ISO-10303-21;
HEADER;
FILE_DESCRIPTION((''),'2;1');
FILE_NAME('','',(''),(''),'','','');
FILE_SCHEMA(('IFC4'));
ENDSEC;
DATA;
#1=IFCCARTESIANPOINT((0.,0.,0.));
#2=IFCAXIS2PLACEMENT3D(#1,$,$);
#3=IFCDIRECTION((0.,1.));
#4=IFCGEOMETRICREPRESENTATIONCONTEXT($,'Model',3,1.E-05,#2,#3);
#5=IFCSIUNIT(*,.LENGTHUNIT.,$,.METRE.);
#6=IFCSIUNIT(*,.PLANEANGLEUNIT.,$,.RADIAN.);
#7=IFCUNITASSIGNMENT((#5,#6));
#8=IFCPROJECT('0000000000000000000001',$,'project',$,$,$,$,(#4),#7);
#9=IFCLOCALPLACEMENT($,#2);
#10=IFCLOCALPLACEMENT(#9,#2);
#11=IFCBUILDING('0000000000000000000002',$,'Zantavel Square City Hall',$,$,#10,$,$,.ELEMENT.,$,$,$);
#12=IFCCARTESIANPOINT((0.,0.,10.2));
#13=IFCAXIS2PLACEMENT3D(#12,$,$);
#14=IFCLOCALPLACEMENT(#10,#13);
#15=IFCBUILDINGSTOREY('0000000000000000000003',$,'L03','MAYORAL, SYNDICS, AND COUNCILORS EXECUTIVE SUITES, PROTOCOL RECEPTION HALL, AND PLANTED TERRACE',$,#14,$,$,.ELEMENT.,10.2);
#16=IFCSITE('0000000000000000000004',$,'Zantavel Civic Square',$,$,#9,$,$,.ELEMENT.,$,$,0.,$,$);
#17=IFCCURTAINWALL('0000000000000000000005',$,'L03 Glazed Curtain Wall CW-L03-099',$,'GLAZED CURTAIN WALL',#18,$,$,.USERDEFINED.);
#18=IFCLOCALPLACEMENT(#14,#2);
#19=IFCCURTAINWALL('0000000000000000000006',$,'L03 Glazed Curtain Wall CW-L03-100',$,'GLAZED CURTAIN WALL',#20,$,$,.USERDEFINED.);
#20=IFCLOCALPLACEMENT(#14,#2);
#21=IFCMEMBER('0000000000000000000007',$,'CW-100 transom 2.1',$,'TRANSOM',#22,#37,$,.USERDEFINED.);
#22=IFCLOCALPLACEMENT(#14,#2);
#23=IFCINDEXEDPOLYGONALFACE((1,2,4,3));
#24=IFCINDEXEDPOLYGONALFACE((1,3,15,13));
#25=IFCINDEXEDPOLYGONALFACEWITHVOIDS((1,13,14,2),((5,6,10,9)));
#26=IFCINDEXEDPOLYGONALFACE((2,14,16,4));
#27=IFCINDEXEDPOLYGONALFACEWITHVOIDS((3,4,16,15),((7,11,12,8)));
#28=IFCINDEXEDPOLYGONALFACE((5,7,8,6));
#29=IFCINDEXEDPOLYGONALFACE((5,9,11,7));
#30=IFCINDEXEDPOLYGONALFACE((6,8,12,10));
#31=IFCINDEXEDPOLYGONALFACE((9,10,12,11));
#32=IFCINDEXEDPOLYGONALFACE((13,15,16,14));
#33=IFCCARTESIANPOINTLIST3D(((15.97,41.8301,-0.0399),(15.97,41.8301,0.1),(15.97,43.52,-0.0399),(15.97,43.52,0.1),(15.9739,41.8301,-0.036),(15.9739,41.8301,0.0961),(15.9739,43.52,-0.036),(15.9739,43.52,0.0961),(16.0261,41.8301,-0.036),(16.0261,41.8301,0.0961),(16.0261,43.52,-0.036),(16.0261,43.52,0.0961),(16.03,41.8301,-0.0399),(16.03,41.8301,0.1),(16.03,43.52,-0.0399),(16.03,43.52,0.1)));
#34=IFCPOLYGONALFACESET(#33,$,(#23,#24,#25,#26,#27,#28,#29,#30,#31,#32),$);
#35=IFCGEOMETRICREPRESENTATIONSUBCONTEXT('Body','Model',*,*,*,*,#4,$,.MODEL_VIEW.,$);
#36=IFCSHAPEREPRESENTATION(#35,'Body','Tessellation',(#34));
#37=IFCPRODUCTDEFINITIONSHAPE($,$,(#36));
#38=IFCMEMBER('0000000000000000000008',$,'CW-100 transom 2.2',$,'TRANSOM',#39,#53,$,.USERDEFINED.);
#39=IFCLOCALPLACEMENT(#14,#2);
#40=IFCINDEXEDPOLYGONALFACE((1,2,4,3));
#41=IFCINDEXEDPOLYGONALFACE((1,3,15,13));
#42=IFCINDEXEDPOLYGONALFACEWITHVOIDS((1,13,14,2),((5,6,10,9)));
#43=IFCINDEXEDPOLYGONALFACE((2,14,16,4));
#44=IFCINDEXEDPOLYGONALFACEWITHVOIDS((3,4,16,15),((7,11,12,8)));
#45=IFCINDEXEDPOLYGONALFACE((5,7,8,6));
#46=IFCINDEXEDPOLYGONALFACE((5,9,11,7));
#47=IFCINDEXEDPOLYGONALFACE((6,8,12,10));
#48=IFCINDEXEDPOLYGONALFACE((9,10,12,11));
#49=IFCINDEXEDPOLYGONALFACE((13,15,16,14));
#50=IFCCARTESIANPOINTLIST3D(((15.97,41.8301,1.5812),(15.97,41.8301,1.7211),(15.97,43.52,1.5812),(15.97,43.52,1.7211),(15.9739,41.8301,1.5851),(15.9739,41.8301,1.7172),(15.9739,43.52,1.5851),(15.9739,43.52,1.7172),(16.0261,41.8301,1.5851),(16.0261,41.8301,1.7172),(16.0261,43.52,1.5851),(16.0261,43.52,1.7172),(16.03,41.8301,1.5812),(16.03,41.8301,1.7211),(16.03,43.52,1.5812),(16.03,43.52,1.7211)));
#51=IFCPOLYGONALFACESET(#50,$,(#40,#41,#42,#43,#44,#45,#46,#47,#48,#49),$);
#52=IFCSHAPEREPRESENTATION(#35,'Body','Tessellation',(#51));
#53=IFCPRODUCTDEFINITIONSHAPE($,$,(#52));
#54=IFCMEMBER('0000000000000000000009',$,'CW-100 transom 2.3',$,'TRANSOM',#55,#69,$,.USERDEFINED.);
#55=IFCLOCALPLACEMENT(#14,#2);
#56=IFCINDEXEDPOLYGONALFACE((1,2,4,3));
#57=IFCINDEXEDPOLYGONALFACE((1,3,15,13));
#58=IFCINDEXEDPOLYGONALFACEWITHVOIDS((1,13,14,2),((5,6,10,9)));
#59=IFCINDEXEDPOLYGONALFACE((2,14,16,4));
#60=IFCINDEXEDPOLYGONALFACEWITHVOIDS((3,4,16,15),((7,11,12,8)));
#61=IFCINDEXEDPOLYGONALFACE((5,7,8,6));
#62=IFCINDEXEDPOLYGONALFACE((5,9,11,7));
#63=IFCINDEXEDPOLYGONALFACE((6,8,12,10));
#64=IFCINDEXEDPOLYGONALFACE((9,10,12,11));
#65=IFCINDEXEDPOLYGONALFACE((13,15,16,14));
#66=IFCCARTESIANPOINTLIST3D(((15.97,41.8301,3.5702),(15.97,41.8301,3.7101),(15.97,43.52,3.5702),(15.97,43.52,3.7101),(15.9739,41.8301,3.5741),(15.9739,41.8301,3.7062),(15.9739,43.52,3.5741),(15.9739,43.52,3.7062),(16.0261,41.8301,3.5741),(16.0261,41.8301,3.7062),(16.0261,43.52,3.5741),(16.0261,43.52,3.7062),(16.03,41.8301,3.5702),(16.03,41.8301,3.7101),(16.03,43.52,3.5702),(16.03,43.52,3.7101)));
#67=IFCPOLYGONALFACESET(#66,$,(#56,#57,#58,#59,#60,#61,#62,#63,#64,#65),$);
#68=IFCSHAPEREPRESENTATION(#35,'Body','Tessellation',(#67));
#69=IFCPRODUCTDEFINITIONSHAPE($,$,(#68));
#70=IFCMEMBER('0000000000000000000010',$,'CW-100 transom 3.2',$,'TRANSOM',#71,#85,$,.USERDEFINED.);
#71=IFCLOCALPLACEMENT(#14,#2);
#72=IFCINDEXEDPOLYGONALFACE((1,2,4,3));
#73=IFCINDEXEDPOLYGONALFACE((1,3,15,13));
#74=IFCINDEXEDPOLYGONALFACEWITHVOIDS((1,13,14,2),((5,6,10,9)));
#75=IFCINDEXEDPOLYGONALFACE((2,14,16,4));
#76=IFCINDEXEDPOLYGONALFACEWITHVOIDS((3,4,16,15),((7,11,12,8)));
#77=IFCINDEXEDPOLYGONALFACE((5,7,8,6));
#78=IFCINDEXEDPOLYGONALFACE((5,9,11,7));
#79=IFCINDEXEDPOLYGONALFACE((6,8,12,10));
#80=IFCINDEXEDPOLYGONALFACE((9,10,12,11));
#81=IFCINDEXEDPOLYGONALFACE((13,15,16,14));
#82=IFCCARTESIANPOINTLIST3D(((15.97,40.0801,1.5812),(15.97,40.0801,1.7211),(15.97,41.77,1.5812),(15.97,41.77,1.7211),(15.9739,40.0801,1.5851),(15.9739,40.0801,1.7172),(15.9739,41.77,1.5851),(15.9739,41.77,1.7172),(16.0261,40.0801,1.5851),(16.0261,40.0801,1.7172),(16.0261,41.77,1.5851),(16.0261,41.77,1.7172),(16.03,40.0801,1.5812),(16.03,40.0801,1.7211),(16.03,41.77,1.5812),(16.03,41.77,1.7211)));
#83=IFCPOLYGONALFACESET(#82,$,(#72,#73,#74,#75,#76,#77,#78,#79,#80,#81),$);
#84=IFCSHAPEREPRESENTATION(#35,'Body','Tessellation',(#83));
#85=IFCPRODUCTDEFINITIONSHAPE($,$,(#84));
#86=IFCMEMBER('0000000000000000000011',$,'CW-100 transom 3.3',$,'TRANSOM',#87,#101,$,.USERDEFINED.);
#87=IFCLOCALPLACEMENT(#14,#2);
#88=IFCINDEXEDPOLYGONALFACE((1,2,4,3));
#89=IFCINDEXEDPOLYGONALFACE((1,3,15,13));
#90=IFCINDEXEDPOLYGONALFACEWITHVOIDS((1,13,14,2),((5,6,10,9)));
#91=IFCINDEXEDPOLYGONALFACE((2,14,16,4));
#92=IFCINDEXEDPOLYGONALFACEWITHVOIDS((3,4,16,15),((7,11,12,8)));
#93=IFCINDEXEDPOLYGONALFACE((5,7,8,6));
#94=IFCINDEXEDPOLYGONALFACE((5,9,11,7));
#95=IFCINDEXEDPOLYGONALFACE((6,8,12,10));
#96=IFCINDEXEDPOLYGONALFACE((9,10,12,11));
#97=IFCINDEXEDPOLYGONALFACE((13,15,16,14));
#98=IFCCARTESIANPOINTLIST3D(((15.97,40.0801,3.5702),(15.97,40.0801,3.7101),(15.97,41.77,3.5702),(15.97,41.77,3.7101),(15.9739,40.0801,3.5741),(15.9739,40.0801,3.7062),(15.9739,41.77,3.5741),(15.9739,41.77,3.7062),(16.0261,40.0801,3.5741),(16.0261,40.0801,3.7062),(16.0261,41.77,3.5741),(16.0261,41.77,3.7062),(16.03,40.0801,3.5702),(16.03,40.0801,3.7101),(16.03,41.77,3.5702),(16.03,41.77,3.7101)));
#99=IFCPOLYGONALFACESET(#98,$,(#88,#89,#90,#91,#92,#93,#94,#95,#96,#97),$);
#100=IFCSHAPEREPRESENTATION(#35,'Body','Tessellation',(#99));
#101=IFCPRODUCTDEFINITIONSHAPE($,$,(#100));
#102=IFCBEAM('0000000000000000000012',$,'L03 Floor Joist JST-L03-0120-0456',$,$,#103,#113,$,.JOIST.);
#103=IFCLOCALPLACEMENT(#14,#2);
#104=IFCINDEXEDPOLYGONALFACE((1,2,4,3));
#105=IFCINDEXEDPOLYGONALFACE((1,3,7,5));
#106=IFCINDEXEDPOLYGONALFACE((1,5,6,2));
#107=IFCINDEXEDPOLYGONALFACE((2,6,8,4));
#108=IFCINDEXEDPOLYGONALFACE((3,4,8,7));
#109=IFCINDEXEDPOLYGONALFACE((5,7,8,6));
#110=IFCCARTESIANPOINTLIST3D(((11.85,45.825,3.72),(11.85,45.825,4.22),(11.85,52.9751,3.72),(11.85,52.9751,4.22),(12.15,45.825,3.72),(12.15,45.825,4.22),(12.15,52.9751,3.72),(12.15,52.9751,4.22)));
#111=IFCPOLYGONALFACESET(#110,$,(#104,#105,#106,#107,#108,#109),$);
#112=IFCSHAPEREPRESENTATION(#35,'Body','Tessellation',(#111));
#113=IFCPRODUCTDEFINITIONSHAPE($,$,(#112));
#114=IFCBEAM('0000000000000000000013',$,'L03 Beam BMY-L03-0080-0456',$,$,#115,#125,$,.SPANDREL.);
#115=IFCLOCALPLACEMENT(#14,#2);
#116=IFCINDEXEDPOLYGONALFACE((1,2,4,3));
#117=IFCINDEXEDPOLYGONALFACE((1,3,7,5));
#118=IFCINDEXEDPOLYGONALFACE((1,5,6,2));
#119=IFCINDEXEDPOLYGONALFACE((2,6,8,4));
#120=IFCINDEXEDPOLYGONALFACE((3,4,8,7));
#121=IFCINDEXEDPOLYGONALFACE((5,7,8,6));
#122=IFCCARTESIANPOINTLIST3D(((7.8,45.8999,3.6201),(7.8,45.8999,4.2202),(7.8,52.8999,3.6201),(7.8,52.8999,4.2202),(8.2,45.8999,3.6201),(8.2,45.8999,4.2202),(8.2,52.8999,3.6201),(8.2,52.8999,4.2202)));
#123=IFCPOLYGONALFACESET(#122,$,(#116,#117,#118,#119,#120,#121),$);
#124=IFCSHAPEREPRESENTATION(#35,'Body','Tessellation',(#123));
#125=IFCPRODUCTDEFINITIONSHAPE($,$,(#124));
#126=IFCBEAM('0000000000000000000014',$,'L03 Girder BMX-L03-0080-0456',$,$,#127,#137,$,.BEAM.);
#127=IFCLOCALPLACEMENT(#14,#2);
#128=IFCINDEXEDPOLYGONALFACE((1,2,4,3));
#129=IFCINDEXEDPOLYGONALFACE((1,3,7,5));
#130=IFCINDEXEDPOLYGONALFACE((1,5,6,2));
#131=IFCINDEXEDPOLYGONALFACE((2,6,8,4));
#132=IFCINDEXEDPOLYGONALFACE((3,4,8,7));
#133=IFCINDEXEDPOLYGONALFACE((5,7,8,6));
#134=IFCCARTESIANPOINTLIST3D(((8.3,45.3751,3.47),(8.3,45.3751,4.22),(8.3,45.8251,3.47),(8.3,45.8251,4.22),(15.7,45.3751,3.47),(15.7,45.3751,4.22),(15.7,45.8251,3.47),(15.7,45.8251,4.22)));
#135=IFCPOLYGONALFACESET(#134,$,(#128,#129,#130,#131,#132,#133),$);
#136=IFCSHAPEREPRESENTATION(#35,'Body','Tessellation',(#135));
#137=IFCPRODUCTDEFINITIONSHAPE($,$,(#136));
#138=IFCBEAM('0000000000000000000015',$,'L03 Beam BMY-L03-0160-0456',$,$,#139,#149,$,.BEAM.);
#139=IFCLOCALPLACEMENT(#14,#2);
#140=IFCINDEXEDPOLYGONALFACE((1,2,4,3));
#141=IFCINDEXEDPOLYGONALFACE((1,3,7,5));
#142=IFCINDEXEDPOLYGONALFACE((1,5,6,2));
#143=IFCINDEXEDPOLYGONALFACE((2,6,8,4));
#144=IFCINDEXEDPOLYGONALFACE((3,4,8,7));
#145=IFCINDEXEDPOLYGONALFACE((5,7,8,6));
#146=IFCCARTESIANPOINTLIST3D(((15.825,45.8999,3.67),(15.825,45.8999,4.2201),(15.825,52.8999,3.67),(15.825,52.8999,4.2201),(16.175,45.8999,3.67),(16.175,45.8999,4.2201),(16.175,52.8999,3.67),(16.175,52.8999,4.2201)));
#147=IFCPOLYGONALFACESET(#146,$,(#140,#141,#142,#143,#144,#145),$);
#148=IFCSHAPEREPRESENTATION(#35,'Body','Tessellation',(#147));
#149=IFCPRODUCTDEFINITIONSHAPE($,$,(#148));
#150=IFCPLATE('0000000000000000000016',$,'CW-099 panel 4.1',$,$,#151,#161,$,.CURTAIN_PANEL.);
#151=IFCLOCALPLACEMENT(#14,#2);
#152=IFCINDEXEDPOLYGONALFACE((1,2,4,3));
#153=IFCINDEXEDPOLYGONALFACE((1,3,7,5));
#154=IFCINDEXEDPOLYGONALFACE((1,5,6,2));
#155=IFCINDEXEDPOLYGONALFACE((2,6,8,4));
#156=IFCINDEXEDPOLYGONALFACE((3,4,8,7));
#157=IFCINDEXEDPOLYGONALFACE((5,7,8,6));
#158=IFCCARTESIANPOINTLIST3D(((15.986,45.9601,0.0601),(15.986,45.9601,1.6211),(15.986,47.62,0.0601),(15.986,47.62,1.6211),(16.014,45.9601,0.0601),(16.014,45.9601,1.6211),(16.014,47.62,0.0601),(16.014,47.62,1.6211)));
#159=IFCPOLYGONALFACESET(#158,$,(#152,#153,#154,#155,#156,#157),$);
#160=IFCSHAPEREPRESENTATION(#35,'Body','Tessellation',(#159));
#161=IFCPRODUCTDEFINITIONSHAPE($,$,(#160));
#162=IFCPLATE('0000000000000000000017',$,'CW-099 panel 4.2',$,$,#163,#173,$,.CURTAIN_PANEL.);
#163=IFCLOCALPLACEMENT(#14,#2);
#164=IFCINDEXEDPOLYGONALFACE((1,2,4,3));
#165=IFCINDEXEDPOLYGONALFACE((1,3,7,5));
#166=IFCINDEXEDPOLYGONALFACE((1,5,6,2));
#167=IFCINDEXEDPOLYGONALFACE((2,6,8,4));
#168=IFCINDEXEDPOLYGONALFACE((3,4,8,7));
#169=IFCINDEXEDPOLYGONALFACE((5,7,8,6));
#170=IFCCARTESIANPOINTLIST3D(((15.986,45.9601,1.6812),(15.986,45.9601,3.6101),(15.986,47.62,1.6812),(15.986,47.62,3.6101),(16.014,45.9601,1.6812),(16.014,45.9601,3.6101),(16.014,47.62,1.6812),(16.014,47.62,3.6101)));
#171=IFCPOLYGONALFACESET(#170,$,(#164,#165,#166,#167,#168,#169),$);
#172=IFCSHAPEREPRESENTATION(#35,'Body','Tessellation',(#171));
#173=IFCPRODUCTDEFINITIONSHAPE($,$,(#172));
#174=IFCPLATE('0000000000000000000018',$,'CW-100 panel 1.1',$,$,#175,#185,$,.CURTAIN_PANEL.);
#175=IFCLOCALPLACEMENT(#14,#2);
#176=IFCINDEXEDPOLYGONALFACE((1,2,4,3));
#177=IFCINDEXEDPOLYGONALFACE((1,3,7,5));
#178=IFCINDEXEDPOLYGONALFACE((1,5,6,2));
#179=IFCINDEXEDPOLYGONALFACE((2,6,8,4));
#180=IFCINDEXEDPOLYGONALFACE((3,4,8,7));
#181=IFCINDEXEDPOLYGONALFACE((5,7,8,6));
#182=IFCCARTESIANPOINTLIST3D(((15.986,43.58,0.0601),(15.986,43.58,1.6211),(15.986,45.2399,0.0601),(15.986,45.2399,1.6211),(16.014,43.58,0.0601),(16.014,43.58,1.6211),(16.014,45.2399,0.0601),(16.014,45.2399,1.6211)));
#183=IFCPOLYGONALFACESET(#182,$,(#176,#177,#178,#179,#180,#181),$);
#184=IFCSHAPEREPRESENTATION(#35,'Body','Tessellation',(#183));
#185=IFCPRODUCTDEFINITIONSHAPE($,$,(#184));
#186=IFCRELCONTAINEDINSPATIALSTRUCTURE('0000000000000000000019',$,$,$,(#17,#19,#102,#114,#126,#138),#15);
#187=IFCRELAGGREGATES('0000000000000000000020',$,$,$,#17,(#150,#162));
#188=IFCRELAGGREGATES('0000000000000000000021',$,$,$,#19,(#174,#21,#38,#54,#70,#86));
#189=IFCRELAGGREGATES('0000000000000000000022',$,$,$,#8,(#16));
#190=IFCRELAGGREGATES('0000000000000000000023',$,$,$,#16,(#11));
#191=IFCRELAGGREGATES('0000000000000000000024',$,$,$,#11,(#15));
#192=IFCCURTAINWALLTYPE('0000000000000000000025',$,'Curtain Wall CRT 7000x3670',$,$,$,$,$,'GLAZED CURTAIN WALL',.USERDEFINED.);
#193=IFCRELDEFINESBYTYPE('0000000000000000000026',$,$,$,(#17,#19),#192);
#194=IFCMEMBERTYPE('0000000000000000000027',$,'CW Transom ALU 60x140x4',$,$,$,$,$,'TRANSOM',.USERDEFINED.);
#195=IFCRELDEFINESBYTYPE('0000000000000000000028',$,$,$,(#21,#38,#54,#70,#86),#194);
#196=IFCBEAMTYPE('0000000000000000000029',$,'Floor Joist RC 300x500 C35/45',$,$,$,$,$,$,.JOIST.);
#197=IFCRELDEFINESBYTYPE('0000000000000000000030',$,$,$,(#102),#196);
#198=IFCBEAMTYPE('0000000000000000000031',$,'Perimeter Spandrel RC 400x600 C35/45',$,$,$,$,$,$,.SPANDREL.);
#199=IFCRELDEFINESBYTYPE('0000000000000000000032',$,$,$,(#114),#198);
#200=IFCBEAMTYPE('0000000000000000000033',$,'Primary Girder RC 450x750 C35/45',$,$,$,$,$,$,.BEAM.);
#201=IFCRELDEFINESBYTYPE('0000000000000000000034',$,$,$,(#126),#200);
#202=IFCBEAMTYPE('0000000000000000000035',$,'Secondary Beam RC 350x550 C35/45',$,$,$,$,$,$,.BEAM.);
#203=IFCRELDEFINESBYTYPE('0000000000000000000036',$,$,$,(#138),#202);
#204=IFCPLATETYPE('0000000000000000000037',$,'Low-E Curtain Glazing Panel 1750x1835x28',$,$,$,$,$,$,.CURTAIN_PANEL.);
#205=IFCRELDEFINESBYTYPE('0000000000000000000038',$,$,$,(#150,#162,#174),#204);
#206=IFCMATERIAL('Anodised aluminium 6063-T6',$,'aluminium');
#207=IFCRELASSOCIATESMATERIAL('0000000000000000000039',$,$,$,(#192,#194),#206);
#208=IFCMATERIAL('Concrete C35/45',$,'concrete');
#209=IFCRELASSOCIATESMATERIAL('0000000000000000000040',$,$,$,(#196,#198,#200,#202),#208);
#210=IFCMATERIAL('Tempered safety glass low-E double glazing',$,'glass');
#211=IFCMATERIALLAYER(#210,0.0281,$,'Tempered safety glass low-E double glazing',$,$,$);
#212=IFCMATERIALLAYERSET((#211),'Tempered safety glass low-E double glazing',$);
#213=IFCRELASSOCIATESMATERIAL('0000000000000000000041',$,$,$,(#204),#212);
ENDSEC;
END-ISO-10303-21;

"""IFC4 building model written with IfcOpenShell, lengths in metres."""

from ifc_helpers import new_model, si_unit, direction, frame, origin, origin_2d, place, context, subcontext, project, spatial, rectangle, hollow_rectangle, extrude, material, layer, layer_set, material_profile, profile_set, type_object, element, aggregate, save


model = new_model("IFC4")

# Units and contexts
model_context = context("Model", 3, precision=1e-05, world=origin(), true_north=direction((0.0, 1.0)))
body_context = subcontext(model_context, "Body", "Model", "MODEL_VIEW")
ifc_project = project(units=[si_unit("LENGTHUNIT", "METRE"), si_unit("PLANEANGLEUNIT", "RADIAN")], contexts=[model_context])

# Site, building, storey
site_placement = place(None, origin())
site = spatial("IfcSite", under=ifc_project, at=site_placement, Name="Zantavel Civic Square", CompositionType="ELEMENT", RefElevation=0.0)
building_placement = place(site_placement, origin())
building = spatial("IfcBuilding", under=site, at=building_placement, Name="Zantavel Square City Hall", CompositionType="ELEMENT")
storey_placement = place(building_placement, frame((0.0, 0.0, 10.2)))
storey = spatial("IfcBuildingStorey", under=building, at=storey_placement, Name="L03", Description="MAYORAL, SYNDICS, AND COUNCILORS EXECUTIVE SUITES, PROTOCOL RECEPTION HALL, AND PLANTED TERRACE", CompositionType="ELEMENT", Elevation=10.2)

# Curtain wall
ifc_material_1 = material(Name="Anodised aluminium 6063-T6", Category="aluminium")
curtain_wall_type = type_object("IfcCurtainWallType", Name="Curtain Wall CRT 7000x3670", ElementType="GLAZED CURTAIN WALL", PredefinedType="USERDEFINED", material=ifc_material_1)
curtain_wall_1_placement = place(storey_placement, origin())
curtain_wall_1 = element("IfcCurtainWall", 1, at=curtain_wall_1_placement, inside=storey, type_object=curtain_wall_type, Name="L03 Glazed Curtain Wall CW-L03-099", ObjectType="GLAZED CURTAIN WALL", PredefinedType="USERDEFINED")

# Curtain wall
curtain_wall_2_placement = place(storey_placement, origin())
curtain_wall_2 = element("IfcCurtainWall", 2, at=curtain_wall_2_placement, inside=storey, type_object=curtain_wall_type, Name="L03 Glazed Curtain Wall CW-L03-100", ObjectType="GLAZED CURTAIN WALL", PredefinedType="USERDEFINED")

# Members
ifc_material_profile_1 = material_profile(ifc_material_1, hollow_rectangle(XDim=0.0601, YDim=0.1399, WallThickness=0.0039, at=origin_2d()), Name="ALU 60x140x4")
ifc_profile_set_1 = profile_set([ifc_material_profile_1], Name="Anodised aluminium 6063-T6")
member_type_1 = type_object("IfcMemberType", Name="CW Transom ALU 60x140x4", ElementType="TRANSOM", PredefinedType="USERDEFINED", material=ifc_profile_set_1)
member_1_placement = place(storey_placement, frame((16.0, 43.52, 0.03), z_axis=(0.0, -1.0, 0.0), x_axis=(1.0, 0.0, 0.0)))
member_1 = element("IfcMember", 3, at=member_1_placement, type_object=member_type_1, Name="CW-100 transom 2.1", ObjectType="TRANSOM", PredefinedType="USERDEFINED", context=body_context, shape_type="SweptSolid", body=[
    extrude(hollow_rectangle(XDim=0.0601, YDim=0.1399, WallThickness=0.0039, at=origin_2d()), origin(), (0.0, 0.0, 1.0), 1.6899),
])
member_2_placement = place(storey_placement, frame((16.0, 43.52, 1.6511), z_axis=(0.0, -1.0, 0.0), x_axis=(1.0, 0.0, 0.0)))
member_2 = element("IfcMember", 4, at=member_2_placement, type_object=member_type_1, Name="CW-100 transom 2.2", ObjectType="TRANSOM", PredefinedType="USERDEFINED", context=body_context, shape_type="SweptSolid", body=[
    extrude(hollow_rectangle(XDim=0.0601, YDim=0.1399, WallThickness=0.0039, at=origin_2d()), origin(), (0.0, 0.0, 1.0), 1.6899),
])
member_3_placement = place(storey_placement, frame((16.0, 43.52, 3.6401), z_axis=(0.0, -1.0, 0.0), x_axis=(1.0, 0.0, 0.0)))
member_3 = element("IfcMember", 5, at=member_3_placement, type_object=member_type_1, Name="CW-100 transom 2.3", ObjectType="TRANSOM", PredefinedType="USERDEFINED", context=body_context, shape_type="SweptSolid", body=[
    extrude(hollow_rectangle(XDim=0.0601, YDim=0.1399, WallThickness=0.0039, at=origin_2d()), origin(), (0.0, 0.0, 1.0), 1.6899),
])
member_4_placement = place(storey_placement, frame((16.0, 41.77, 1.6511), z_axis=(0.0, -1.0, 0.0), x_axis=(1.0, 0.0, 0.0)))
member_4 = element("IfcMember", 6, at=member_4_placement, type_object=member_type_1, Name="CW-100 transom 3.2", ObjectType="TRANSOM", PredefinedType="USERDEFINED", context=body_context, shape_type="SweptSolid", body=[
    extrude(hollow_rectangle(XDim=0.0601, YDim=0.1399, WallThickness=0.0039, at=origin_2d()), origin(), (0.0, 0.0, 1.0), 1.6899),
])
member_5_placement = place(storey_placement, frame((16.0, 41.77, 3.6401), z_axis=(0.0, -1.0, 0.0), x_axis=(1.0, 0.0, 0.0)))
member_5 = element("IfcMember", 7, at=member_5_placement, type_object=member_type_1, Name="CW-100 transom 3.3", ObjectType="TRANSOM", PredefinedType="USERDEFINED", context=body_context, shape_type="SweptSolid", body=[
    extrude(hollow_rectangle(XDim=0.0601, YDim=0.1399, WallThickness=0.0039, at=origin_2d()), origin(), (0.0, 0.0, 1.0), 1.6899),
])

# Beams
ifc_material_2 = material(Name="Concrete C35/45", Category="concrete")
ifc_material_profile_2 = material_profile(ifc_material_2, rectangle(XDim=0.3, YDim=0.5, at=origin_2d()), Name="RC 300x500")
ifc_profile_set_2 = profile_set([ifc_material_profile_2], Name="Concrete C35/45")
beam_type_1 = type_object("IfcBeamType", Name="Floor Joist RC 300x500 C35/45", PredefinedType="JOIST", material=ifc_profile_set_2)
beam_1_placement = place(storey_placement, frame((12.0, 45.825, 3.97), z_axis=(0.0, 1.0, 0.0), x_axis=(-1.0, 0.0, 0.0)))
element("IfcBeam", 8, at=beam_1_placement, inside=storey, type_object=beam_type_1, Name="L03 Floor Joist JST-L03-0120-0456", PredefinedType="JOIST", context=body_context, shape_type="SweptSolid", body=[
    extrude(rectangle(XDim=0.3, YDim=0.5, at=origin_2d()), origin(), (0.0, 0.0, 1.0), 7.1501),
])
ifc_material_profile_3 = material_profile(ifc_material_2, rectangle(XDim=0.3999, YDim=0.6001, at=origin_2d()), Name="RC 400x600")
ifc_profile_set_3 = profile_set([ifc_material_profile_3], Name="Concrete C35/45")
beam_type_2 = type_object("IfcBeamType", Name="Perimeter Spandrel RC 400x600 C35/45", PredefinedType="SPANDREL", material=ifc_profile_set_3)
beam_2_placement = place(storey_placement, frame((8.0, 45.8999, 3.9202), z_axis=(0.0, 1.0, 0.0), x_axis=(-1.0, 0.0, 0.0)))
element("IfcBeam", 9, at=beam_2_placement, inside=storey, type_object=beam_type_2, Name="L03 Beam BMY-L03-0080-0456", PredefinedType="SPANDREL", context=body_context, shape_type="SweptSolid", body=[
    extrude(rectangle(XDim=0.3999, YDim=0.6001, at=origin_2d()), origin(), (0.0, 0.0, 1.0), 7.0),
])
ifc_material_profile_4 = material_profile(ifc_material_2, rectangle(XDim=0.45, YDim=0.75, at=origin_2d()), Name="RC 450x750")
ifc_profile_set_4 = profile_set([ifc_material_profile_4], Name="Concrete C35/45")
beam_type_3 = type_object("IfcBeamType", Name="Primary Girder RC 450x750 C35/45", PredefinedType="BEAM", material=ifc_profile_set_4)
beam_3_placement = place(storey_placement, frame((8.3, 45.6001, 3.845), z_axis=(1.0, 0.0, 0.0), x_axis=(0.0, 1.0, 0.0)))
element("IfcBeam", 10, at=beam_3_placement, inside=storey, type_object=beam_type_3, Name="L03 Girder BMX-L03-0080-0456", PredefinedType="BEAM", context=body_context, shape_type="SweptSolid", body=[
    extrude(rectangle(XDim=0.45, YDim=0.75, at=origin_2d()), origin(), (0.0, 0.0, 1.0), 7.3999),
])
ifc_material_profile_5 = material_profile(ifc_material_2, rectangle(XDim=0.3501, YDim=0.55, at=origin_2d()), Name="RC 350x550")
ifc_profile_set_5 = profile_set([ifc_material_profile_5], Name="Concrete C35/45")
beam_type_4 = type_object("IfcBeamType", Name="Secondary Beam RC 350x550 C35/45", PredefinedType="BEAM", material=ifc_profile_set_5)
beam_4_placement = place(storey_placement, frame((16.0, 45.8999, 3.9451), z_axis=(0.0, 1.0, 0.0), x_axis=(-1.0, 0.0, 0.0)))
element("IfcBeam", 11, at=beam_4_placement, inside=storey, type_object=beam_type_4, Name="L03 Beam BMY-L03-0160-0456", PredefinedType="BEAM", context=body_context, shape_type="SweptSolid", body=[
    extrude(rectangle(XDim=0.3501, YDim=0.55, at=origin_2d()), origin(), (0.0, 0.0, 1.0), 7.0),
])

# Plates
ifc_material_3 = material(Name="Tempered safety glass low-E double glazing", Category="glass")
ifc_layer_1 = layer(ifc_material_3, 0.0281, Name="Tempered safety glass low-E double glazing")
ifc_layer_set_1 = layer_set([ifc_layer_1], Name="Tempered safety glass low-E double glazing")
plate_type = type_object("IfcPlateType", Name="Low-E Curtain Glazing Panel 1750x1835x28", PredefinedType="CURTAIN_PANEL", material=ifc_layer_set_1)
plate_1_placement = place(storey_placement, frame((16.0, 46.79, 0.0601), z_axis=(0.0, 0.0, 1.0), x_axis=(0.0, -1.0, 0.0)))
plate_1 = element("IfcPlate", 12, at=plate_1_placement, type_object=plate_type, Name="CW-099 panel 4.1", PredefinedType="CURTAIN_PANEL", context=body_context, shape_type="SweptSolid", body=[
    extrude(rectangle(XDim=1.6599, YDim=0.0281, at=origin_2d()), origin(), (0.0, 0.0, 1.0), 1.561),
])
plate_2_placement = place(storey_placement, frame((16.0, 46.79, 1.6812), z_axis=(0.0, 0.0, 1.0), x_axis=(0.0, -1.0, 0.0)))
plate_2 = element("IfcPlate", 13, at=plate_2_placement, type_object=plate_type, Name="CW-099 panel 4.2", PredefinedType="CURTAIN_PANEL", context=body_context, shape_type="SweptSolid", body=[
    extrude(rectangle(XDim=1.6599, YDim=0.0281, at=origin_2d()), origin(), (0.0, 0.0, 1.0), 1.929),
])
aggregate(curtain_wall_1, [plate_1, plate_2])
plate_3_placement = place(storey_placement, frame((16.0, 44.4099, 0.0601), z_axis=(0.0, 0.0, 1.0), x_axis=(0.0, -1.0, 0.0)))
plate_3 = element("IfcPlate", 14, at=plate_3_placement, type_object=plate_type, Name="CW-100 panel 1.1", PredefinedType="CURTAIN_PANEL", context=body_context, shape_type="SweptSolid", body=[
    extrude(rectangle(XDim=1.6599, YDim=0.0281, at=origin_2d()), origin(), (0.0, 0.0, 1.0), 1.561),
])
aggregate(curtain_wall_2, [plate_3, member_1, member_2, member_3, member_4, member_5])

save(model, "model.ifc")
